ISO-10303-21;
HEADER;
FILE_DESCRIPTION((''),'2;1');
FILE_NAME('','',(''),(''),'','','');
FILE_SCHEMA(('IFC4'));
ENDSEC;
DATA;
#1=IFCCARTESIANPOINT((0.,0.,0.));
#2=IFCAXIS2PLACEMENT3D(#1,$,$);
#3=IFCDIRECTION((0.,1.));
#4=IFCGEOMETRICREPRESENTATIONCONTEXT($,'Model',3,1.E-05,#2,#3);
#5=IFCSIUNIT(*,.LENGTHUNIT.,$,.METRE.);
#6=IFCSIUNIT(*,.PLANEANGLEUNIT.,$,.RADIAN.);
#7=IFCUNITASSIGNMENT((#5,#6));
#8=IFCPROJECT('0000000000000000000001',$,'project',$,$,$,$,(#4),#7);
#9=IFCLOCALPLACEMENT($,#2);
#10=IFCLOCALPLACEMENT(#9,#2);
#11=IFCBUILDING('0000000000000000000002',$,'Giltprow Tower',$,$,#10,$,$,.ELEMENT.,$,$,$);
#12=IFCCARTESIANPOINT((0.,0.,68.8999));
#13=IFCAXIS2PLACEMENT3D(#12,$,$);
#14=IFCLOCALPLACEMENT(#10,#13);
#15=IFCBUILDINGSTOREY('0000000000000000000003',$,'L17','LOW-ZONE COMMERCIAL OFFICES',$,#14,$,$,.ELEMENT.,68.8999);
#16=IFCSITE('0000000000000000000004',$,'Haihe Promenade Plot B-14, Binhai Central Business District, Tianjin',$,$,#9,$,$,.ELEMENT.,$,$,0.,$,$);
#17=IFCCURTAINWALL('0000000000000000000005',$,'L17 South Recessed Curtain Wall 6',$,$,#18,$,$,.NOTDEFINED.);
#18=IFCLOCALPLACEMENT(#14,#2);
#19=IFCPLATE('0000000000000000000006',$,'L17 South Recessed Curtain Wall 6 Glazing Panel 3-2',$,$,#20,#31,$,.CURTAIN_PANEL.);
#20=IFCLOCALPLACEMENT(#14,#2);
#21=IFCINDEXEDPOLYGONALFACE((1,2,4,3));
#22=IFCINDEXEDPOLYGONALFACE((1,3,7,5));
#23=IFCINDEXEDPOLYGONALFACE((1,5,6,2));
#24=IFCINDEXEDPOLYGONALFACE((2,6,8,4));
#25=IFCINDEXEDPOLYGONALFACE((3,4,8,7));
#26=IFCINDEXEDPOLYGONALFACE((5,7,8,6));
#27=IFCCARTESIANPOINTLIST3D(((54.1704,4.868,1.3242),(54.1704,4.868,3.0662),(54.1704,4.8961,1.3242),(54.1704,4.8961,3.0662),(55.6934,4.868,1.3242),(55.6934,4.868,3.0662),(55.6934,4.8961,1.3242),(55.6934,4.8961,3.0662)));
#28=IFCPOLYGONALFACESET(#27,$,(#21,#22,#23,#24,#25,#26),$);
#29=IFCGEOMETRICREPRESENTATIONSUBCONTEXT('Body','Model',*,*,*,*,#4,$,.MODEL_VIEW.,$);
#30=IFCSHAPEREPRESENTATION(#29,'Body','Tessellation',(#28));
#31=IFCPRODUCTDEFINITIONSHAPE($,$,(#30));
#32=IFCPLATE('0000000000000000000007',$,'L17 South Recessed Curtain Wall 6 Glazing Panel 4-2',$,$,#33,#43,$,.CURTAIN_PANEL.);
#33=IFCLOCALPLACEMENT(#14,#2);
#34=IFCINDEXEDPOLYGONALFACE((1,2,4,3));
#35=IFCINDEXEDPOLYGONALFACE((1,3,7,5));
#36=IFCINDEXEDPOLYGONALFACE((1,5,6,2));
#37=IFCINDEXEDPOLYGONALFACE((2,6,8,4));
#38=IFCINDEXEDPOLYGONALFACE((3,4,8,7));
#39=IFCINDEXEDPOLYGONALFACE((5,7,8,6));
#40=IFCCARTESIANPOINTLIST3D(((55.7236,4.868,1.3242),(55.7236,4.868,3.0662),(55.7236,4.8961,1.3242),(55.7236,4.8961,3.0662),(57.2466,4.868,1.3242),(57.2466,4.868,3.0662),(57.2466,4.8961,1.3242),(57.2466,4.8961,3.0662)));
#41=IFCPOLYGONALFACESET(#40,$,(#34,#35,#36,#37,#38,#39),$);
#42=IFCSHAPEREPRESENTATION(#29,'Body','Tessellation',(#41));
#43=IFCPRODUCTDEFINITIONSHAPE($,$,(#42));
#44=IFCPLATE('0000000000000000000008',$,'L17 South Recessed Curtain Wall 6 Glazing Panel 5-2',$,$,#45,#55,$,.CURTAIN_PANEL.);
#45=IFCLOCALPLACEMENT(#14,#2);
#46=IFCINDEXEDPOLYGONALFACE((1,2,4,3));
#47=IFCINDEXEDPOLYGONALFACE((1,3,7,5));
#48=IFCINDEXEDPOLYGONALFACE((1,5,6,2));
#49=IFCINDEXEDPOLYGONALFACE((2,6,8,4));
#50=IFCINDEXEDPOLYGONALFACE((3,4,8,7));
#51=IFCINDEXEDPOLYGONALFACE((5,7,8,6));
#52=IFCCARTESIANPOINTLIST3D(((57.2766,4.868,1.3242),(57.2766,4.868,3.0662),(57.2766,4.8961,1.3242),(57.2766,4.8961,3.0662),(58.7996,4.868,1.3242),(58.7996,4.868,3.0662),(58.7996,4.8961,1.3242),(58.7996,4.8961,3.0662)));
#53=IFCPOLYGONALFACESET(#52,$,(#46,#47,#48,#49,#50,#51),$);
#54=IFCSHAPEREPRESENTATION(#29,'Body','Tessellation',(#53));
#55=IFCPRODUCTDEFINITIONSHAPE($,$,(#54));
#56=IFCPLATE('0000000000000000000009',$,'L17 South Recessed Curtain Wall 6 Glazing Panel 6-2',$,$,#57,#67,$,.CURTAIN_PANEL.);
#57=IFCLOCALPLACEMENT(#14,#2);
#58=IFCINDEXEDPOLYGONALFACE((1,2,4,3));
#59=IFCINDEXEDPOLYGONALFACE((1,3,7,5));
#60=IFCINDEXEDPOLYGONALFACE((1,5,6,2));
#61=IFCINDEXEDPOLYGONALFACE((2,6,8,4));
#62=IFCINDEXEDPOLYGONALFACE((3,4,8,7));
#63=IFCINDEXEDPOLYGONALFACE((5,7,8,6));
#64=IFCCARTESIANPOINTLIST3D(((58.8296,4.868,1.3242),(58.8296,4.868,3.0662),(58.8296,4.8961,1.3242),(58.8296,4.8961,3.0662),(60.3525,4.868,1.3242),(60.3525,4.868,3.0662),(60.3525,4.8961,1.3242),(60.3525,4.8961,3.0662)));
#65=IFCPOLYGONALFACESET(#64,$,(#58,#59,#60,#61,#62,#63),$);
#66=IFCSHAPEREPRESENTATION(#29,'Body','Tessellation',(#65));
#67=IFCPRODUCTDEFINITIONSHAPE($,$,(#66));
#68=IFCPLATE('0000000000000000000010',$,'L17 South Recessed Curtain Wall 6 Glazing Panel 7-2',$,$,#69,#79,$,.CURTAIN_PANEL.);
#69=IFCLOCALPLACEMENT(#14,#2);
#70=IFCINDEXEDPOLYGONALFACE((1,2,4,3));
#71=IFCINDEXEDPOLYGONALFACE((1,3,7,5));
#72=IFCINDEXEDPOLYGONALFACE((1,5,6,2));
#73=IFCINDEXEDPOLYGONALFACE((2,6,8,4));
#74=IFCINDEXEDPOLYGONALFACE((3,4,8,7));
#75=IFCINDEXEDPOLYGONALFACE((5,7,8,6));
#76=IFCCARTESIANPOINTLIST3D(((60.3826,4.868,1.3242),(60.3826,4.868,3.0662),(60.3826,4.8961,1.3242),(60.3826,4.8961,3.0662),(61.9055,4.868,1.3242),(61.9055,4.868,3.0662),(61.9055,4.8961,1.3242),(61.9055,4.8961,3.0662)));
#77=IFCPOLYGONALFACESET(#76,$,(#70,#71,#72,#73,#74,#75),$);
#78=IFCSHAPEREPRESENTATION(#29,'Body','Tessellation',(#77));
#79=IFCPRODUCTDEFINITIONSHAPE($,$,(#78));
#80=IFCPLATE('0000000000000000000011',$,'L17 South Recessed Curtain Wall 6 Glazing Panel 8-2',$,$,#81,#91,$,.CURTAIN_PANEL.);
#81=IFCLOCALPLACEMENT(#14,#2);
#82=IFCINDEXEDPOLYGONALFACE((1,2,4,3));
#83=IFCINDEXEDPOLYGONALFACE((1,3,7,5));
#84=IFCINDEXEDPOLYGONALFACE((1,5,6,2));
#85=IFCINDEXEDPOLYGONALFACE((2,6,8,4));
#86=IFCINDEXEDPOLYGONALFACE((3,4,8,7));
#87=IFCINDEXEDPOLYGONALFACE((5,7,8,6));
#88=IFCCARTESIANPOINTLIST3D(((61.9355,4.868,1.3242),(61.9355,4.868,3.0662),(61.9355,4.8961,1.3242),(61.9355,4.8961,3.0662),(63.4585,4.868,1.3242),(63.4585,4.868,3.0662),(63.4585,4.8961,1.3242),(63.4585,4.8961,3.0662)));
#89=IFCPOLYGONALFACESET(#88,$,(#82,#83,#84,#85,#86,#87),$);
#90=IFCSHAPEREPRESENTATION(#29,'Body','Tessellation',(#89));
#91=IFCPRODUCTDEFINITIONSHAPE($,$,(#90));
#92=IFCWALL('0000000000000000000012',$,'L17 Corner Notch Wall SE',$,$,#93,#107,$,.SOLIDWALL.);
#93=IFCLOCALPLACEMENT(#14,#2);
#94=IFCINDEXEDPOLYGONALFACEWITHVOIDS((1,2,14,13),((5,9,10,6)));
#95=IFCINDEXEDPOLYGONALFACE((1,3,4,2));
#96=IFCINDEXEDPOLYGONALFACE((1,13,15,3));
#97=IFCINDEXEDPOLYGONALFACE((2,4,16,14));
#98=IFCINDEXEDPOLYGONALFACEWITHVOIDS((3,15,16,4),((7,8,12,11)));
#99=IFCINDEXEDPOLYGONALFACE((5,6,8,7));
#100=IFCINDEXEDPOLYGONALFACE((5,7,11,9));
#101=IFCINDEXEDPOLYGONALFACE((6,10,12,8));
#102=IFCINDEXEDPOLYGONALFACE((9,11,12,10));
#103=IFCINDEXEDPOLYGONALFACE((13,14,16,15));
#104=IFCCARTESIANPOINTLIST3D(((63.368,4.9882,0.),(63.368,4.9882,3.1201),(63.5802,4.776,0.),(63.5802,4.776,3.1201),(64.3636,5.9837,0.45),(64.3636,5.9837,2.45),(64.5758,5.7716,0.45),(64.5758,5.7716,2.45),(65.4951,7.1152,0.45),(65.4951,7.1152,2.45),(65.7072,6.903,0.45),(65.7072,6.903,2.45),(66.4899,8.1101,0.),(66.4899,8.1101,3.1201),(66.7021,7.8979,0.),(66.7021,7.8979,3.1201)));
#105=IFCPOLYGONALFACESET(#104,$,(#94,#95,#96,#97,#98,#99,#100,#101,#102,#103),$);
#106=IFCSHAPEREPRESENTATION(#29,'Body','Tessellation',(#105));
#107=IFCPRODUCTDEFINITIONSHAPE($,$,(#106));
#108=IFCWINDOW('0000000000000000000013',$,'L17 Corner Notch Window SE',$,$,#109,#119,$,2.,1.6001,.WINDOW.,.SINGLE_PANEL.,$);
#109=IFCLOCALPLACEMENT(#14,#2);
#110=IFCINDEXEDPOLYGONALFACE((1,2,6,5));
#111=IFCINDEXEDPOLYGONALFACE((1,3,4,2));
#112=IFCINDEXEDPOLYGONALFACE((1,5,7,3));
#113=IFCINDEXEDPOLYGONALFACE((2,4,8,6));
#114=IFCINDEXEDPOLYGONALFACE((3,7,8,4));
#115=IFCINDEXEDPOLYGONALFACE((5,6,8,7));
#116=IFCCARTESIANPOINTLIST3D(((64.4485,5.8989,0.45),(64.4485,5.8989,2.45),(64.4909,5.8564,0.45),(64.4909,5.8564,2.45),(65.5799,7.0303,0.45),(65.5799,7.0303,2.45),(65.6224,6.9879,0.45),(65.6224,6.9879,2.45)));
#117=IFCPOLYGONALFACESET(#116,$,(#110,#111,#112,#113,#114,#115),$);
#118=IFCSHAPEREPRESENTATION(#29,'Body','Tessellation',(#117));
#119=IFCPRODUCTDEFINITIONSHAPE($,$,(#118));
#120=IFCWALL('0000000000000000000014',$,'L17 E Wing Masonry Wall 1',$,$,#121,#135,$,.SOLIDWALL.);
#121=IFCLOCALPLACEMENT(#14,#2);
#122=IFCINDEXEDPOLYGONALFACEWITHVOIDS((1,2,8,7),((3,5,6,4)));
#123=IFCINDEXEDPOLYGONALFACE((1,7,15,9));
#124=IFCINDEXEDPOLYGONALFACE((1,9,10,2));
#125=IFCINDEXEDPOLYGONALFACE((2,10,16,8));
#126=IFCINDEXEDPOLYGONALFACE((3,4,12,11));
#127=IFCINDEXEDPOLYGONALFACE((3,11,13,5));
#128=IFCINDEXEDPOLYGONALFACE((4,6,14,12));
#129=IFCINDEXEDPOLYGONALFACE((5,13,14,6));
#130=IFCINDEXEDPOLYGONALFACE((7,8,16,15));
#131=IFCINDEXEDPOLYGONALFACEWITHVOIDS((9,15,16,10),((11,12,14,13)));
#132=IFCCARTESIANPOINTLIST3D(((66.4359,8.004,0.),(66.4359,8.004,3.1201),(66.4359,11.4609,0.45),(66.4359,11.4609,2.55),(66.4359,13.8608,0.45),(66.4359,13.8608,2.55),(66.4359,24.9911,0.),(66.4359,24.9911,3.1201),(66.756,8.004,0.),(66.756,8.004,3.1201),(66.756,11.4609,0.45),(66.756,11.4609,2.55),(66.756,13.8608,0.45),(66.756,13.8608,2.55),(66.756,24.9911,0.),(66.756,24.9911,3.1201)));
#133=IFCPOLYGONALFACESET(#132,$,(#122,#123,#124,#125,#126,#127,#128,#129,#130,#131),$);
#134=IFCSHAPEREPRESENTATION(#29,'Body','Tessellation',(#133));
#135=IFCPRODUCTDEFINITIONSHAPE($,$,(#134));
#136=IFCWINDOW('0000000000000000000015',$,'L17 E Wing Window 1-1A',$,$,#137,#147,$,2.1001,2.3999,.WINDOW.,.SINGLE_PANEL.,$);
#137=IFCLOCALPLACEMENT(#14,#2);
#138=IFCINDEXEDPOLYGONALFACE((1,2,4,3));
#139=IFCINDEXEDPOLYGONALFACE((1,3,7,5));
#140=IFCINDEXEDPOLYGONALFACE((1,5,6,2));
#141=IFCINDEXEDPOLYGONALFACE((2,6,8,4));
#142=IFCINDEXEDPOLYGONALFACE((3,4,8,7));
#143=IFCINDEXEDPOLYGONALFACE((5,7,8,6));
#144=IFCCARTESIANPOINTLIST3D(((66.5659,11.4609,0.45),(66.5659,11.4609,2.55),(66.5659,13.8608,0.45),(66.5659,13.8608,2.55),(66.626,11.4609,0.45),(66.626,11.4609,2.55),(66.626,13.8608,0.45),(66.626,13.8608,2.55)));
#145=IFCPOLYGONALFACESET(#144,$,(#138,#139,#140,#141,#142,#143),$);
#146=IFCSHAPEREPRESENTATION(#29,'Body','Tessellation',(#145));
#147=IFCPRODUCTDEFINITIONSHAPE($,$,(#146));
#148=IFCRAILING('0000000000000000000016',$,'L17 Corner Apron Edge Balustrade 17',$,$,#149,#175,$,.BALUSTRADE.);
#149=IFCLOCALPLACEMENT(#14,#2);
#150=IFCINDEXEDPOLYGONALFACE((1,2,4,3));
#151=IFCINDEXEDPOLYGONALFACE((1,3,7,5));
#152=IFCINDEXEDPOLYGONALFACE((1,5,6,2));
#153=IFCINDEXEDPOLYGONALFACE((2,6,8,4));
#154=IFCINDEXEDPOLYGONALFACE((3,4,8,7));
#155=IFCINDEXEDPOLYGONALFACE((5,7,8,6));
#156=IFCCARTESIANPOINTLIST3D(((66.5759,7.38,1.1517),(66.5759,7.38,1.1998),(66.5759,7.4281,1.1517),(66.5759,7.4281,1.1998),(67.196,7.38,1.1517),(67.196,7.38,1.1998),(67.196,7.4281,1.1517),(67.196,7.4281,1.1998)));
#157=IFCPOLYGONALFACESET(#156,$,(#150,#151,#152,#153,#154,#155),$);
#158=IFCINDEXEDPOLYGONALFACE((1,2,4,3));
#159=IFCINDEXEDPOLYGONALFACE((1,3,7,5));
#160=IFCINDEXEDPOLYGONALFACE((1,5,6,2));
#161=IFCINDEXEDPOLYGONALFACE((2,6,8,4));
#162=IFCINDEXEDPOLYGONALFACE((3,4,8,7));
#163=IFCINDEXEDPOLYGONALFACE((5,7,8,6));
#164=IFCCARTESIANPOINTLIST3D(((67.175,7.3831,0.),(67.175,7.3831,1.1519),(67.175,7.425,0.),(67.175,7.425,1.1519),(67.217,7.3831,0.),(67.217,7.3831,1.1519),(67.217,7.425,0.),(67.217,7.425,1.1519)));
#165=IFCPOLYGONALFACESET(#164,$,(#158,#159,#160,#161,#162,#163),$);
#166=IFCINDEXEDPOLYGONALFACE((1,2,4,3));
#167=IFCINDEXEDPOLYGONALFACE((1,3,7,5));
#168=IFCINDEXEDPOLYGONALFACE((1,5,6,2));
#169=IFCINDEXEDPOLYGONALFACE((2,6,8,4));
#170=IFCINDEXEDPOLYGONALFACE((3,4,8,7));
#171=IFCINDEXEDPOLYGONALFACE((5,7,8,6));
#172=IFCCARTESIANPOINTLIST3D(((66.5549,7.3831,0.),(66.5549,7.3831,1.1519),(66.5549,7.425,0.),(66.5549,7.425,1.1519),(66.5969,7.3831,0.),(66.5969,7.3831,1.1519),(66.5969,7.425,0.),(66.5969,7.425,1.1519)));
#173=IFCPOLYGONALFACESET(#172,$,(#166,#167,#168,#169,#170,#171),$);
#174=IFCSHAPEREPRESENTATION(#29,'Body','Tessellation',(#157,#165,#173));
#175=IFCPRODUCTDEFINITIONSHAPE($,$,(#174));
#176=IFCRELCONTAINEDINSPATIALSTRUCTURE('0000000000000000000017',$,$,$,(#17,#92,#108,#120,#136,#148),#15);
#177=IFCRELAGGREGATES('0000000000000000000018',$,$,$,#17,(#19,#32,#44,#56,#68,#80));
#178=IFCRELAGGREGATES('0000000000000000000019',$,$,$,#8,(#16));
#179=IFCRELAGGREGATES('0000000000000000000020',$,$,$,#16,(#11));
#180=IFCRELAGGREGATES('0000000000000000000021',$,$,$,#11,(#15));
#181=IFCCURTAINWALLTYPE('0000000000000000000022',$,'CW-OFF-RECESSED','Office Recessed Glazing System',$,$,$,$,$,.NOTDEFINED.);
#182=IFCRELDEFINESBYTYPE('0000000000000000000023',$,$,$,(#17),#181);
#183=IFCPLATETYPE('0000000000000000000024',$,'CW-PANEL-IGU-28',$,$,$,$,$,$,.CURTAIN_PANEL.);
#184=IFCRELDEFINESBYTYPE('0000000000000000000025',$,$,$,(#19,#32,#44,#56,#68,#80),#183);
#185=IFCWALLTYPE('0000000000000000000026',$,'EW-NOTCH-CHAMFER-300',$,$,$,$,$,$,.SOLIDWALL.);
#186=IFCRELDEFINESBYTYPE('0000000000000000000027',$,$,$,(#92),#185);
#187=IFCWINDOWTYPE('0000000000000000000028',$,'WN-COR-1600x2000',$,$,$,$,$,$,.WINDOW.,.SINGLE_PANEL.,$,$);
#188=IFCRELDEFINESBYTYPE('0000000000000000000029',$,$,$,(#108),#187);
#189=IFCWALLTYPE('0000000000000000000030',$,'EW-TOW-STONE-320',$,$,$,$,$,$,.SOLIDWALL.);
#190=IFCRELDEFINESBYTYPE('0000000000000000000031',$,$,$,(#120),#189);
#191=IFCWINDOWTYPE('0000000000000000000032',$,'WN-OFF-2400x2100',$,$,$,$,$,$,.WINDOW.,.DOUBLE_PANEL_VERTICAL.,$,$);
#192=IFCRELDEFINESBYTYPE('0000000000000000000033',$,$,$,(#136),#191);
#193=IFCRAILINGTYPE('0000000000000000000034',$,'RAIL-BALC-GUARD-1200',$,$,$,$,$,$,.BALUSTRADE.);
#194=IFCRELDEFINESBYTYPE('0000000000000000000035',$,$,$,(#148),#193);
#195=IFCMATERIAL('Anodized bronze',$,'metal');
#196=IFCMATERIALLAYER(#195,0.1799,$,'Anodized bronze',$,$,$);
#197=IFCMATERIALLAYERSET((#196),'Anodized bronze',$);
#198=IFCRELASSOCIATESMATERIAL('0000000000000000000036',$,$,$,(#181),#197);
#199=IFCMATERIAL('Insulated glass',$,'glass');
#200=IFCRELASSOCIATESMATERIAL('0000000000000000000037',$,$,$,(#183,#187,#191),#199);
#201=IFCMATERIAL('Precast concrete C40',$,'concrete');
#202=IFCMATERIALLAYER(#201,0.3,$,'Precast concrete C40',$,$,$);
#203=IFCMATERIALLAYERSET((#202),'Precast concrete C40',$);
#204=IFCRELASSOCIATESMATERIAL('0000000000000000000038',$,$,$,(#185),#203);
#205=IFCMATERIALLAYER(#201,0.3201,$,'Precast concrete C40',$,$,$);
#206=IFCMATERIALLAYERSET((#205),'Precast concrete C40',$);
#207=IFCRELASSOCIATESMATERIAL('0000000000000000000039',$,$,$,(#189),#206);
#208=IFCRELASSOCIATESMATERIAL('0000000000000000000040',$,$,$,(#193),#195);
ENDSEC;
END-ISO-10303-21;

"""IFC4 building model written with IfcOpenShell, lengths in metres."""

from ifc_helpers import new_model, si_unit, direction, frame, frame_2d, origin, origin_2d, place, context, subcontext, project, spatial, rectangle, extrude, source, transform, mapped, material, layer, layer_set, type_object, element, fill, aggregate, save


model = new_model("IFC4")

# Units and contexts
model_context = context("Model", 3, precision=1e-05, world=origin(), true_north=direction((0.0, 1.0)))
body_context = subcontext(model_context, "Body", "Model", "MODEL_VIEW")
ifc_project = project(units=[si_unit("LENGTHUNIT", "METRE"), si_unit("PLANEANGLEUNIT", "RADIAN")], contexts=[model_context])

# Site, building, storey
site_placement = place(None, origin())
site = spatial("IfcSite", under=ifc_project, at=site_placement, Name="Haihe Promenade Plot B-14, Binhai Central Business District, Tianjin", CompositionType="ELEMENT", RefElevation=0.0)
building_placement = place(site_placement, origin())
building = spatial("IfcBuilding", under=site, at=building_placement, Name="Giltprow Tower", CompositionType="ELEMENT")
storey_placement = place(building_placement, frame((0.0, 0.0, 68.8999)))
storey = spatial("IfcBuildingStorey", under=building, at=storey_placement, Name="L17", Description="LOW-ZONE COMMERCIAL OFFICES", CompositionType="ELEMENT", Elevation=68.8999)

# Curtain wall
ifc_material_1 = material(Name="Anodized bronze", Category="metal")
ifc_layer_1 = layer(ifc_material_1, 0.1799, Name="Anodized bronze")
ifc_layer_set_1 = layer_set([ifc_layer_1], Name="Anodized bronze")
curtain_wall_type = type_object("IfcCurtainWallType", Name="CW-OFF-RECESSED", Description="Office Recessed Glazing System", PredefinedType="NOTDEFINED", material=ifc_layer_set_1)
curtain_wall_placement = place(storey_placement, origin())
curtain_wall = element("IfcCurtainWall", 1, at=curtain_wall_placement, inside=storey, type_object=curtain_wall_type, Name="L17 South Recessed Curtain Wall 6", PredefinedType="NOTDEFINED")

# Plates
ifc_material_2 = material(Name="Insulated glass", Category="glass")
plate_type_1 = type_object("IfcPlateType", Name="CW-PANEL-IGU-28", PredefinedType="CURTAIN_PANEL", material=ifc_material_2)
shared_shape_1 = source(origin(), body_context, "Body", "SweptSolid", [
    extrude(rectangle(XDim=1.5229, YDim=0.0281, at=origin_2d()), origin(), (0.0, 0.0, 1.0), 1.7419),
])
plate_1_placement = place(storey_placement, frame((54.9319, 4.8821, 1.3242), z_axis=(0.0, 0.0, 1.0), x_axis=(1.0, 0.0, 0.0)))
plate_1 = element("IfcPlate", 2, at=plate_1_placement, type_object=plate_type_1, Name="L17 South Recessed Curtain Wall 6 Glazing Panel 3-2", PredefinedType="CURTAIN_PANEL", context=body_context, shape_type="MappedRepresentation", body=[
    mapped(shared_shape_1, transform((0.0, 0.0, 0.0), x_axis=(1.0, 0.0, 0.0), y_axis=(0.0, 1.0, 0.0), z_axis=(0.0, 0.0, 1.0), scale=1.0)),
])
plate_2_placement = place(storey_placement, frame((56.4851, 4.8821, 1.3242), z_axis=(0.0, 0.0, 1.0), x_axis=(1.0, 0.0, 0.0)))
plate_2 = element("IfcPlate", 3, at=plate_2_placement, type_object=plate_type_1, Name="L17 South Recessed Curtain Wall 6 Glazing Panel 4-2", PredefinedType="CURTAIN_PANEL", context=body_context, shape_type="MappedRepresentation", body=[
    mapped(shared_shape_1, transform((0.0, 0.0, 0.0), x_axis=(1.0, 0.0, 0.0), y_axis=(0.0, 1.0, 0.0), z_axis=(0.0, 0.0, 1.0), scale=1.0)),
])
plate_3_placement = place(storey_placement, frame((58.0381, 4.8821, 1.3242), z_axis=(0.0, 0.0, 1.0), x_axis=(1.0, 0.0, 0.0)))
plate_3 = element("IfcPlate", 4, at=plate_3_placement, type_object=plate_type_1, Name="L17 South Recessed Curtain Wall 6 Glazing Panel 5-2", PredefinedType="CURTAIN_PANEL", context=body_context, shape_type="MappedRepresentation", body=[
    mapped(shared_shape_1, transform((0.0, 0.0, 0.0), x_axis=(1.0, 0.0, 0.0), y_axis=(0.0, 1.0, 0.0), z_axis=(0.0, 0.0, 1.0), scale=1.0)),
])
plate_4_placement = place(storey_placement, frame((59.5911, 4.8821, 1.3242), z_axis=(0.0, 0.0, 1.0), x_axis=(1.0, 0.0, 0.0)))
plate_4 = element("IfcPlate", 5, at=plate_4_placement, type_object=plate_type_1, Name="L17 South Recessed Curtain Wall 6 Glazing Panel 6-2", PredefinedType="CURTAIN_PANEL", context=body_context, shape_type="MappedRepresentation", body=[
    mapped(shared_shape_1, transform((0.0, 0.0, 0.0), x_axis=(1.0, 0.0, 0.0), y_axis=(0.0, 1.0, 0.0), z_axis=(0.0, 0.0, 1.0), scale=1.0)),
])
plate_5_placement = place(storey_placement, frame((61.144, 4.8821, 1.3242), z_axis=(0.0, 0.0, 1.0), x_axis=(1.0, 0.0, 0.0)))
plate_5 = element("IfcPlate", 6, at=plate_5_placement, type_object=plate_type_1, Name="L17 South Recessed Curtain Wall 6 Glazing Panel 7-2", PredefinedType="CURTAIN_PANEL", context=body_context, shape_type="MappedRepresentation", body=[
    mapped(shared_shape_1, transform((0.0, 0.0, 0.0), x_axis=(1.0, 0.0, 0.0), y_axis=(0.0, 1.0, 0.0), z_axis=(0.0, 0.0, 1.0), scale=1.0)),
])
plate_6_placement = place(storey_placement, frame((62.697, 4.8821, 1.3242), z_axis=(0.0, 0.0, 1.0), x_axis=(1.0, 0.0, 0.0)))
plate_6 = element("IfcPlate", 7, at=plate_6_placement, type_object=plate_type_1, Name="L17 South Recessed Curtain Wall 6 Glazing Panel 8-2", PredefinedType="CURTAIN_PANEL", context=body_context, shape_type="MappedRepresentation", body=[
    mapped(shared_shape_1, transform((0.0, 0.0, 0.0), x_axis=(1.0, 0.0, 0.0), y_axis=(0.0, 1.0, 0.0), z_axis=(0.0, 0.0, 1.0), scale=1.0)),
])
aggregate(curtain_wall, [plate_1, plate_2, plate_3, plate_4, plate_5, plate_6])

# Walls, openings, windows
ifc_material_3 = material(Name="Precast concrete C40", Category="concrete")
ifc_layer_2 = layer(ifc_material_3, 0.3, Name="Precast concrete C40")
ifc_layer_set_2 = layer_set([ifc_layer_2], Name="Precast concrete C40")
wall_type_1 = type_object("IfcWallType", Name="EW-NOTCH-CHAMFER-300", PredefinedType="SOLIDWALL", material=ifc_layer_set_2)
wall_1_placement = place(storey_placement, frame((63.4741, 4.8821, 0.0), z_axis=(0.0, 0.0, 1.0), x_axis=(0.707107, 0.707107, 0.0)))
wall_1 = element("IfcWall", 8, at=wall_1_placement, inside=storey, type_object=wall_type_1, Name="L17 Corner Notch Wall SE", PredefinedType="SOLIDWALL", context=body_context, shape_type="SweptSolid", body=[
    extrude(rectangle(XDim=4.415, YDim=0.3, at=frame_2d((2.2075, 0.0))), origin(), (0.0, 0.0, 1.0), 3.1201),
])
opening_1_placement = place(wall_1_placement, frame((1.408, 0.0, 0.45)))
opening_1 = element("IfcOpeningElement", 9, at=opening_1_placement, cuts=wall_1, PredefinedType="OPENING", context=body_context, shape_type="SweptSolid", body=[
    extrude(rectangle(XDim=1.6001, YDim=2.0, at=frame_2d((0.8, 1.0))), frame((0.0, 0.1599, 0.0), z_axis=(0.0, -1.0, 0.0), x_axis=(1.0, 0.0, 0.0)), (0.0, 0.0, 1.0), 0.3201),
])
window_type_1 = type_object("IfcWindowType", Name="WN-COR-1600x2000", PartitioningType="SINGLE_PANEL", PredefinedType="WINDOW", material=ifc_material_2)
shared_shape_2 = source(origin(), body_context, "Body", "SweptSolid", [
    extrude(rectangle(XDim=1.6001, YDim=2.0, at=frame_2d((0.8, 1.0))), frame((0.0, 0.03, 0.0), z_axis=(0.0, -1.0, 0.0), x_axis=(1.0, 0.0, 0.0)), (0.0, 0.0, 1.0), 0.0601),
])
window_1_placement = place(opening_1_placement, origin())
window_1 = element("IfcWindow", 10, at=window_1_placement, inside=storey, type_object=window_type_1, Name="L17 Corner Notch Window SE", OverallHeight=2.0, OverallWidth=1.6001, PartitioningType="SINGLE_PANEL", PredefinedType="WINDOW", context=body_context, shape_type="MappedRepresentation", body=[
    mapped(shared_shape_2, transform((0.0, 0.0, 0.0), x_axis=(1.0, 0.0, 0.0), y_axis=(0.0, 1.0, 0.0), z_axis=(0.0, 0.0, 1.0), scale=1.0)),
])
fill(opening_1, window_1)
ifc_layer_3 = layer(ifc_material_3, 0.3201, Name="Precast concrete C40")
ifc_layer_set_3 = layer_set([ifc_layer_3], Name="Precast concrete C40")
wall_type_2 = type_object("IfcWallType", Name="EW-TOW-STONE-320", PredefinedType="SOLIDWALL", material=ifc_layer_set_3)
wall_2_placement = place(storey_placement, frame((66.5959, 8.0039, 0.0), z_axis=(0.0, 0.0, 1.0), x_axis=(0.0, 1.0, 0.0)))
wall_2 = element("IfcWall", 11, at=wall_2_placement, inside=storey, type_object=wall_type_2, Name="L17 E Wing Masonry Wall 1", PredefinedType="SOLIDWALL", context=body_context, shape_type="SweptSolid", body=[
    extrude(rectangle(XDim=16.9871, YDim=0.3201, at=frame_2d((8.4937, 0.0))), origin(), (0.0, 0.0, 1.0), 3.1201),
])
opening_2_placement = place(wall_2_placement, frame((3.457, 0.0, 0.45)))
opening_2 = element("IfcOpeningElement", 12, at=opening_2_placement, cuts=wall_2, PredefinedType="OPENING", context=body_context, shape_type="SweptSolid", body=[
    extrude(rectangle(XDim=2.3999, YDim=2.1001, at=frame_2d((1.2, 1.05))), frame((0.0, 0.1699, 0.0), z_axis=(0.0, -1.0, 0.0), x_axis=(1.0, 0.0, 0.0)), (0.0, 0.0, 1.0), 0.3401),
])
window_type_2 = type_object("IfcWindowType", Name="WN-OFF-2400x2100", PartitioningType="DOUBLE_PANEL_VERTICAL", PredefinedType="WINDOW", material=ifc_material_2)
shared_shape_3 = source(origin(), body_context, "Body", "SweptSolid", [
    extrude(rectangle(XDim=2.3999, YDim=2.1001, at=frame_2d((1.2, 1.05))), frame((0.0, 0.03, 0.0), z_axis=(0.0, -1.0, 0.0), x_axis=(1.0, 0.0, 0.0)), (0.0, 0.0, 1.0), 0.0601),
])
window_2_placement = place(opening_2_placement, origin())
window_2 = element("IfcWindow", 13, at=window_2_placement, inside=storey, type_object=window_type_2, Name="L17 E Wing Window 1-1A", OverallHeight=2.1001, OverallWidth=2.3999, PartitioningType="SINGLE_PANEL", PredefinedType="WINDOW", context=body_context, shape_type="MappedRepresentation", body=[
    mapped(shared_shape_3, transform((0.0, 0.0, 0.0), x_axis=(1.0, 0.0, 0.0), y_axis=(0.0, 1.0, 0.0), z_axis=(0.0, 0.0, 1.0), scale=1.0)),
])
fill(opening_2, window_2)

# Railing
railing_type = type_object("IfcRailingType", Name="RAIL-BALC-GUARD-1200", PredefinedType="BALUSTRADE", material=ifc_material_1)
railing_1_placement = place(storey_placement, frame((67.196, 7.4041, 0.0)))
element("IfcRailing", 14, at=railing_1_placement, inside=storey, type_object=railing_type, Name="L17 Corner Apron Edge Balustrade 17", PredefinedType="BALUSTRADE", context=body_context, shape_type="SweptSolid", body=[
    extrude(rectangle(XDim=0.0481, YDim=0.0481, at=origin_2d()), frame((0.0, 0.0, 1.1758), z_axis=(-1.0, 0.0, 0.0), x_axis=(0.0, -1.0, 0.0)), (0.0, 0.0, 1.0), 0.6201),
    extrude(rectangle(XDim=0.042, YDim=0.042, at=origin_2d()), origin(), (0.0, 0.0, 1.0), 1.1519),
    extrude(rectangle(XDim=0.042, YDim=0.042, at=origin_2d()), frame((-0.6201, 0.0, 0.0)), (0.0, 0.0, 1.0), 1.1519),
])

save(model, "model.ifc")
